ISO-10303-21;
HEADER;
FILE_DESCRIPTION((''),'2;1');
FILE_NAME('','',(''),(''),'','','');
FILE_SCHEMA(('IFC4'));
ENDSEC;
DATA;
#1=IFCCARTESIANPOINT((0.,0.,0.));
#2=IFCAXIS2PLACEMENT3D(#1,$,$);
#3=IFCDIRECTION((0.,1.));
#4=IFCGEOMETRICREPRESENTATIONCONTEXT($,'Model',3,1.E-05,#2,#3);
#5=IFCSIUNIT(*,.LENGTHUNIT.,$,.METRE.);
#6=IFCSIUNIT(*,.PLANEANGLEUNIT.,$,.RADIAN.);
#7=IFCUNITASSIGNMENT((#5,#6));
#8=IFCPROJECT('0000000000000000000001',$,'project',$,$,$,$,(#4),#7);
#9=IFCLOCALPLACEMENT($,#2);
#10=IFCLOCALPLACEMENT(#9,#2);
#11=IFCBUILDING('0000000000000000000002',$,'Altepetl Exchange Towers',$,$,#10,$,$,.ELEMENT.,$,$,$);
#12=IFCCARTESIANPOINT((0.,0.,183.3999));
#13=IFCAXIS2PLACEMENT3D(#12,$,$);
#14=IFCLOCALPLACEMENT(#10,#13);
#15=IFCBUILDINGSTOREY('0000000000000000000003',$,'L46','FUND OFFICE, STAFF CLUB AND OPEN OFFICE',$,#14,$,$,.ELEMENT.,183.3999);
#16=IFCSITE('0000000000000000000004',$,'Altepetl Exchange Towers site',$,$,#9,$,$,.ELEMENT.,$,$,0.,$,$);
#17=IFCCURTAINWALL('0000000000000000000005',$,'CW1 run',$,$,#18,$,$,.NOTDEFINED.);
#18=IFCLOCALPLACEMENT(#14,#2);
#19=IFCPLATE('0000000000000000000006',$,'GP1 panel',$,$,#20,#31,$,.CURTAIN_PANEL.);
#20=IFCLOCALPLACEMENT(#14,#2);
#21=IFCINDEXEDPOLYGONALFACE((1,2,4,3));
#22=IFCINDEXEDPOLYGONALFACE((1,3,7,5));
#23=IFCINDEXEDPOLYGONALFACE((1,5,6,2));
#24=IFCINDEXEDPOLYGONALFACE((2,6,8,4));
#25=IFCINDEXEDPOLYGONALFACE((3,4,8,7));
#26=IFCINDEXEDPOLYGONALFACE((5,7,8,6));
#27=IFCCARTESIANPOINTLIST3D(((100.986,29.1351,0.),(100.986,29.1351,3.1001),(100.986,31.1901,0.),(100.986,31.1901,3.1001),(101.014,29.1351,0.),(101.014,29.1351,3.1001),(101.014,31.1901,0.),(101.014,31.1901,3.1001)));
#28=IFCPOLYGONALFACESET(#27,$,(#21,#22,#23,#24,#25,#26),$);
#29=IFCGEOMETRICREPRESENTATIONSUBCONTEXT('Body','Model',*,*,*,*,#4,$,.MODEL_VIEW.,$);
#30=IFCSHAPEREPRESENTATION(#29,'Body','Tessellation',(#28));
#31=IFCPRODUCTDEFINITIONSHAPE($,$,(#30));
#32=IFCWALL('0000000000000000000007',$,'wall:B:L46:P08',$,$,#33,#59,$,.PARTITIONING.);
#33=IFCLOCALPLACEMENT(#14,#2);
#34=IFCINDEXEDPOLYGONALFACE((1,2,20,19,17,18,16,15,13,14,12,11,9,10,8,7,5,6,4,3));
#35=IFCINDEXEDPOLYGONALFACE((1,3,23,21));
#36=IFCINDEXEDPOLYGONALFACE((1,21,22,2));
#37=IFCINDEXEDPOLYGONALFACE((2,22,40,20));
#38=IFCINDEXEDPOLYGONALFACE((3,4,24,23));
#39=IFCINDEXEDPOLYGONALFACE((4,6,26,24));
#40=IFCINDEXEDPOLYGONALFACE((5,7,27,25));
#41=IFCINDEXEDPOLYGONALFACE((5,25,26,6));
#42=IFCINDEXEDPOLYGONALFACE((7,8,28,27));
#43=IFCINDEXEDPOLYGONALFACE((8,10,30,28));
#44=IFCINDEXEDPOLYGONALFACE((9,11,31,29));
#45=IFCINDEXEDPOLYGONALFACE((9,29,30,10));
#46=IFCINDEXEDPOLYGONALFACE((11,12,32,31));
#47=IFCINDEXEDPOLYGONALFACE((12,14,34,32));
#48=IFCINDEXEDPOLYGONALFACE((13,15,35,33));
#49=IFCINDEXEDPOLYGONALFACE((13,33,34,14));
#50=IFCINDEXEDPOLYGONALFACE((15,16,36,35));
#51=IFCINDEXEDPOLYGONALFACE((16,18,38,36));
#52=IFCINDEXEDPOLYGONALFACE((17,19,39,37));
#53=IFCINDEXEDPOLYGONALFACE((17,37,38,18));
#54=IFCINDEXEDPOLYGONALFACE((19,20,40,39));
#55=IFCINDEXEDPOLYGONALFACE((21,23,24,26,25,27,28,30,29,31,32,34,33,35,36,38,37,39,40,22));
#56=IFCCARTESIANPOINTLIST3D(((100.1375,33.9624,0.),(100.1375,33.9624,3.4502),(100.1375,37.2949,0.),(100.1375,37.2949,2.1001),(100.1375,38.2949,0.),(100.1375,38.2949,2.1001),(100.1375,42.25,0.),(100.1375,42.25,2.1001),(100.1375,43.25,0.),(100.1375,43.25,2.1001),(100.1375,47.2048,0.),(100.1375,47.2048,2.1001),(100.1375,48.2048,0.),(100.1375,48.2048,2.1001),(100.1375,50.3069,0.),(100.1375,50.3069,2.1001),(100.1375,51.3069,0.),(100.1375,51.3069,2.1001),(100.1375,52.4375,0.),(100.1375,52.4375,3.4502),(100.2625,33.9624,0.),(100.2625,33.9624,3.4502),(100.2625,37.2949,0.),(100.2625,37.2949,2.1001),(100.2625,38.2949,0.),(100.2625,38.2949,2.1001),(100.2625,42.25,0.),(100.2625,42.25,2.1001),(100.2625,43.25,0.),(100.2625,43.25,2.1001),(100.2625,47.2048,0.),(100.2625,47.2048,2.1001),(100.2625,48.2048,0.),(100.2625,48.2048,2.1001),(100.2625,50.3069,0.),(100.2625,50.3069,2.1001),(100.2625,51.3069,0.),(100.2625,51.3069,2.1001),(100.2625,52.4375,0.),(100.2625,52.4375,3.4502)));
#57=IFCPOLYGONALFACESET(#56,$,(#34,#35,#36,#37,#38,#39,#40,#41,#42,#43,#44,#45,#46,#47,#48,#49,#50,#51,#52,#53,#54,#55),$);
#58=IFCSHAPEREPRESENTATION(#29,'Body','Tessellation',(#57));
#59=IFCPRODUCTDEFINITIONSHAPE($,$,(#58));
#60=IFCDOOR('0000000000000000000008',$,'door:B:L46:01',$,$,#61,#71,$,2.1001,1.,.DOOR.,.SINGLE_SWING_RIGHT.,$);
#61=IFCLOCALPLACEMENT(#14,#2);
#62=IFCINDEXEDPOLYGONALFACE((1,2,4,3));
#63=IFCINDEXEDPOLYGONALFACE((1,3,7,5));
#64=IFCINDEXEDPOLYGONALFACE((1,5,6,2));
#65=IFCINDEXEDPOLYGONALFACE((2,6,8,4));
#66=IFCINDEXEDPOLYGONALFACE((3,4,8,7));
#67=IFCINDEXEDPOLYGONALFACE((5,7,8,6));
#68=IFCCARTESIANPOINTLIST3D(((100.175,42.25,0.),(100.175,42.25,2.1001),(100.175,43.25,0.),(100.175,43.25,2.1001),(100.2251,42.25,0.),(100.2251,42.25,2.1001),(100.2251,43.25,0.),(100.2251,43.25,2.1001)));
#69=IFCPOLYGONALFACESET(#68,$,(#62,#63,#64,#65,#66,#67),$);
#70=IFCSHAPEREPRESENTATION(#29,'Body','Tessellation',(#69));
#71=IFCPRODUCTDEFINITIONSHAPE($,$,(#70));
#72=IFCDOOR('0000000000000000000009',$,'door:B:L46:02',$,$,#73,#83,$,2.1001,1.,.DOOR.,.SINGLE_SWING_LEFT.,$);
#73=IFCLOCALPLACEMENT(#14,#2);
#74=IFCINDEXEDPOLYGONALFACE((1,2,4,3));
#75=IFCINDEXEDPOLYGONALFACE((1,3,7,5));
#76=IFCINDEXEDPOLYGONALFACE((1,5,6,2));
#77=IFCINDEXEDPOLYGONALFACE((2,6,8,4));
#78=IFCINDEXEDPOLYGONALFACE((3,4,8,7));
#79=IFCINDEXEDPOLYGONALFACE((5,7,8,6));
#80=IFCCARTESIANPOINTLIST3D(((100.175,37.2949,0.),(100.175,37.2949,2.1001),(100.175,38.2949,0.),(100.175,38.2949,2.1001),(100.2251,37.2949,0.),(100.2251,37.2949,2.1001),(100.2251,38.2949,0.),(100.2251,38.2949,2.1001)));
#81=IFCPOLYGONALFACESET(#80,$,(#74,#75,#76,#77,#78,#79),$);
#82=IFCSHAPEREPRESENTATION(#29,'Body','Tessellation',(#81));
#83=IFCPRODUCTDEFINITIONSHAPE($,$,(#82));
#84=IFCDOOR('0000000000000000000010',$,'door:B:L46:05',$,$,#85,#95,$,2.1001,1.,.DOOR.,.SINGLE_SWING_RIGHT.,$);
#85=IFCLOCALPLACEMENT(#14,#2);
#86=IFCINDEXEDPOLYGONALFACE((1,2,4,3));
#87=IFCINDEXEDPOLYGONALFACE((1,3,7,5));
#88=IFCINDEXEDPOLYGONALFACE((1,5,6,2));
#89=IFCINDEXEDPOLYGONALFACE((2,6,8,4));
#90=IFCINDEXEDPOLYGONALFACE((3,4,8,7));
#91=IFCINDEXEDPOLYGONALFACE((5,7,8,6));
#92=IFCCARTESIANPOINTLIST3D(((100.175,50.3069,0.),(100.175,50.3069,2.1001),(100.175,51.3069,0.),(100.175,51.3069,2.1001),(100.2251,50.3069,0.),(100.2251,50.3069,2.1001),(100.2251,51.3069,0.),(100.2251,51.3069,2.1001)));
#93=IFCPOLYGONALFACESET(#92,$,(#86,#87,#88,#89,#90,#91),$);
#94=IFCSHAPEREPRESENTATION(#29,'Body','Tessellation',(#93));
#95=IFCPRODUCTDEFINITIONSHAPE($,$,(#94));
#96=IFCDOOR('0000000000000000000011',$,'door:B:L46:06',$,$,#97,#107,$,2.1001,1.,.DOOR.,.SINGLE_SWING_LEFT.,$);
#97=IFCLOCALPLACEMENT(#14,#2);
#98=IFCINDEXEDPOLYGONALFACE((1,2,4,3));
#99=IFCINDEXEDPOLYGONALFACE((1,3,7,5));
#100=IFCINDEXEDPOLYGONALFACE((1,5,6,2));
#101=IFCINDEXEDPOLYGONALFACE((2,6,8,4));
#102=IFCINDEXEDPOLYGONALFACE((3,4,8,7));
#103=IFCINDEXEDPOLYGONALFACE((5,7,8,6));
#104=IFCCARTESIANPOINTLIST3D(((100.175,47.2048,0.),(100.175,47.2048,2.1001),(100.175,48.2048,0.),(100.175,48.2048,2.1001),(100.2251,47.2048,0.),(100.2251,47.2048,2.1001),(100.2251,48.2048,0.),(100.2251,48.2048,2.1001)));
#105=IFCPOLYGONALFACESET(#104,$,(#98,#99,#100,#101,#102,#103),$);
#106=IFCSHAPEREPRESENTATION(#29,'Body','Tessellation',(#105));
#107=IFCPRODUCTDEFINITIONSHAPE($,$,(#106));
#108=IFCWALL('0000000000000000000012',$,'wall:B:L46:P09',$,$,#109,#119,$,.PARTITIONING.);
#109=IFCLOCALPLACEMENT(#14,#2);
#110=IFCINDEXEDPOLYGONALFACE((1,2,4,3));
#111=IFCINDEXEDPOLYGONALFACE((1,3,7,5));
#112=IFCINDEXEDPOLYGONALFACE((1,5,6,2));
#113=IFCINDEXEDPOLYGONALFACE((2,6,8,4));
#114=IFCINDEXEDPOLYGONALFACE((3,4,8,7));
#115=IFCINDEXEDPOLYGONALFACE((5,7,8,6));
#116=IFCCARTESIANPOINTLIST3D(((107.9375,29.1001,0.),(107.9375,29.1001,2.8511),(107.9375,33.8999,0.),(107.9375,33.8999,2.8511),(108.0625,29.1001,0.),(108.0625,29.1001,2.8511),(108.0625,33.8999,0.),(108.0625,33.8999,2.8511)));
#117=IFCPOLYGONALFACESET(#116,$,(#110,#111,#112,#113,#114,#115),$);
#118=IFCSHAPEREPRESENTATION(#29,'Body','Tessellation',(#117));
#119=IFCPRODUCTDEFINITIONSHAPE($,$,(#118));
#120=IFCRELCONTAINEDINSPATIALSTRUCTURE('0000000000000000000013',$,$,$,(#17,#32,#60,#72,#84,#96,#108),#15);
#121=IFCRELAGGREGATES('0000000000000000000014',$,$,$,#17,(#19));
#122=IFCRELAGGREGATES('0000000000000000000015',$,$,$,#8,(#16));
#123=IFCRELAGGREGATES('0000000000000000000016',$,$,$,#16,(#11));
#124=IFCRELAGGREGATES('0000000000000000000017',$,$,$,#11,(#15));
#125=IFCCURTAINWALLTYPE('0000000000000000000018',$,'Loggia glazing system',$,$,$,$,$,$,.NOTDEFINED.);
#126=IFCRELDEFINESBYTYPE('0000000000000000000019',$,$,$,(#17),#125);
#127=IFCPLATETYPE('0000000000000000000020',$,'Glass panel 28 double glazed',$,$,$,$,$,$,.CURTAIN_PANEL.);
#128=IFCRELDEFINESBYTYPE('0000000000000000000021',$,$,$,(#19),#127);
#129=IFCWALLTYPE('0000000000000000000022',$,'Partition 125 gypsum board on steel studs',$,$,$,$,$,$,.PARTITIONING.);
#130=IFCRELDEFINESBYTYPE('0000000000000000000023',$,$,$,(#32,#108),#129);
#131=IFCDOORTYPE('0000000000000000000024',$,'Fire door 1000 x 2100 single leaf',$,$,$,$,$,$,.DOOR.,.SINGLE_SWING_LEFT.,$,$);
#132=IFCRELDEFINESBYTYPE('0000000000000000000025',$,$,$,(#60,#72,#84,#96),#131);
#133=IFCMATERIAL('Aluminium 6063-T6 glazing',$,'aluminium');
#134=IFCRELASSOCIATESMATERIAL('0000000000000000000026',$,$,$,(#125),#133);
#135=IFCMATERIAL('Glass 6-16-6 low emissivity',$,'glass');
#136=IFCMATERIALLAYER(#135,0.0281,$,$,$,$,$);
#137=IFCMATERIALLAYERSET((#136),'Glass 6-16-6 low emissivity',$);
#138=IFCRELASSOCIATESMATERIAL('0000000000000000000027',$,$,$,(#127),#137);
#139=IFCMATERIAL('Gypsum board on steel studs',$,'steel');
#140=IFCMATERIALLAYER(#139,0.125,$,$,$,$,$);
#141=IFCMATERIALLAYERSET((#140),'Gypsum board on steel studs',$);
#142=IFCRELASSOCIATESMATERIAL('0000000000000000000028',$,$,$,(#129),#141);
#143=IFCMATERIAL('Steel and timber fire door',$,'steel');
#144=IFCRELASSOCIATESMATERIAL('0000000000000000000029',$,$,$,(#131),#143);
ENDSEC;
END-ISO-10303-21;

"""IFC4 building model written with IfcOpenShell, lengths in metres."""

from ifc_helpers import new_model, si_unit, direction, frame, frame_2d, origin, origin_2d, place, context, subcontext, project, spatial, rectangle, extrude, material, layer, layer_set, type_object, element, fill, aggregate, save


model = new_model("IFC4")

# Units and contexts
model_context = context("Model", 3, precision=1e-05, world=origin(), true_north=direction((0.0, 1.0)))
body_context = subcontext(model_context, "Body", "Model", "MODEL_VIEW")
ifc_project = project(units=[si_unit("LENGTHUNIT", "METRE"), si_unit("PLANEANGLEUNIT", "RADIAN")], contexts=[model_context])

# Site, building, storey
site_placement = place(None, origin())
site = spatial("IfcSite", under=ifc_project, at=site_placement, Name="Altepetl Exchange Towers site", CompositionType="ELEMENT", RefElevation=0.0)
building_placement = place(site_placement, origin())
building = spatial("IfcBuilding", under=site, at=building_placement, Name="Altepetl Exchange Towers", CompositionType="ELEMENT")
storey_placement = place(building_placement, frame((0.0, 0.0, 183.3999)))
storey = spatial("IfcBuildingStorey", under=building, at=storey_placement, Name="L46", Description="FUND OFFICE, STAFF CLUB AND OPEN OFFICE", CompositionType="ELEMENT", Elevation=183.3999)

# Curtain wall
ifc_material_1 = material(Name="Aluminium 6063-T6 glazing", Category="aluminium")
curtain_wall_type = type_object("IfcCurtainWallType", Name="Loggia glazing system", PredefinedType="NOTDEFINED", material=ifc_material_1)
curtain_wall_1_placement = place(storey_placement, origin())
curtain_wall_1 = element("IfcCurtainWall", 1, at=curtain_wall_1_placement, inside=storey, type_object=curtain_wall_type, Name="CW1 run", PredefinedType="NOTDEFINED")

# Plate
ifc_material_2 = material(Name="Glass 6-16-6 low emissivity", Category="glass")
ifc_layer_1 = layer(ifc_material_2, 0.0281)
ifc_layer_set_1 = layer_set([ifc_layer_1], Name="Glass 6-16-6 low emissivity")
plate_type = type_object("IfcPlateType", Name="Glass panel 28 double glazed", PredefinedType="CURTAIN_PANEL", material=ifc_layer_set_1)
plate_placement = place(storey_placement, frame((101.0, 30.1626, 0.0), z_axis=(0.0, 0.0, 1.0), x_axis=(0.0, -1.0, 0.0)))
plate = element("IfcPlate", 2, at=plate_placement, type_object=plate_type, Name="GP1 panel", PredefinedType="CURTAIN_PANEL", context=body_context, shape_type="SweptSolid", body=[
    extrude(rectangle(XDim=2.0549, YDim=0.0281, at=origin_2d()), origin(), (0.0, 0.0, 1.0), 3.1001),
])
aggregate(curtain_wall_1, [plate])

# Wall, openings, doors
ifc_material_3 = material(Name="Gypsum board on steel studs", Category="steel")
ifc_layer_2 = layer(ifc_material_3, 0.125)
ifc_layer_set_2 = layer_set([ifc_layer_2], Name="Gypsum board on steel studs")
wall_type_1 = type_object("IfcWallType", Name="Partition 125 gypsum board on steel studs", PredefinedType="PARTITIONING", material=ifc_layer_set_2)
wall_1_placement = place(storey_placement, frame((100.2, 33.9624, 0.0), z_axis=(0.0, 0.0, 1.0), x_axis=(0.0, 1.0, 0.0)))
wall_1 = element("IfcWall", 3, at=wall_1_placement, inside=storey, type_object=wall_type_1, Name="wall:B:L46:P08", PredefinedType="PARTITIONING", context=body_context, shape_type="SweptSolid", body=[
    extrude(rectangle(XDim=18.4751, YDim=0.125, at=frame_2d((9.2375, 0.0))), origin(), (0.0, 0.0, 1.0), 3.4502),
])
opening_1_placement = place(wall_1_placement, frame((8.2876, 0.0, 0.0)))
opening_1 = element("IfcOpeningElement", 4, at=opening_1_placement, cuts=wall_1, PredefinedType="OPENING", context=body_context, shape_type="SweptSolid", body=[
    extrude(rectangle(XDim=1.0, YDim=2.1001, at=frame_2d((0.5, 1.05))), frame((0.0, 0.0725, 0.0), z_axis=(0.0, -1.0, 0.0), x_axis=(1.0, 0.0, 0.0)), (0.0, 0.0, 1.0), 0.145),
])
opening_2_placement = place(wall_1_placement, frame((3.3325, 0.0, 0.0)))
opening_2 = element("IfcOpeningElement", 5, at=opening_2_placement, cuts=wall_1, PredefinedType="OPENING", context=body_context, shape_type="SweptSolid", body=[
    extrude(rectangle(XDim=1.0, YDim=2.1001, at=frame_2d((0.5, 1.05))), frame((0.0, 0.0725, 0.0), z_axis=(0.0, -1.0, 0.0), x_axis=(1.0, 0.0, 0.0)), (0.0, 0.0, 1.0), 0.145),
])
opening_3_placement = place(wall_1_placement, frame((16.3445, 0.0, 0.0)))
opening_3 = element("IfcOpeningElement", 6, at=opening_3_placement, cuts=wall_1, PredefinedType="OPENING", context=body_context, shape_type="SweptSolid", body=[
    extrude(rectangle(XDim=1.0, YDim=2.1001, at=frame_2d((0.5, 1.05))), frame((0.0, 0.0725, 0.0), z_axis=(0.0, -1.0, 0.0), x_axis=(1.0, 0.0, 0.0)), (0.0, 0.0, 1.0), 0.145),
])
opening_4_placement = place(wall_1_placement, frame((13.2424, 0.0, 0.0)))
opening_4 = element("IfcOpeningElement", 7, at=opening_4_placement, cuts=wall_1, PredefinedType="OPENING", context=body_context, shape_type="SweptSolid", body=[
    extrude(rectangle(XDim=1.0, YDim=2.1001, at=frame_2d((0.5, 1.05))), frame((0.0, 0.0725, 0.0), z_axis=(0.0, -1.0, 0.0), x_axis=(1.0, 0.0, 0.0)), (0.0, 0.0, 1.0), 0.145),
])
ifc_material_4 = material(Name="Steel and timber fire door", Category="steel")
door_type_1 = type_object("IfcDoorType", Name="Fire door 1000 x 2100 single leaf", OperationType="SINGLE_SWING_LEFT", PredefinedType="DOOR", material=ifc_material_4)
door_1_placement = place(opening_1_placement, origin())
door_1 = element("IfcDoor", 8, at=door_1_placement, inside=storey, type_object=door_type_1, Name="door:B:L46:01", OperationType="SINGLE_SWING_RIGHT", OverallHeight=2.1001, OverallWidth=1.0, PredefinedType="DOOR", context=body_context, shape_type="SweptSolid", body=[
    extrude(rectangle(XDim=1.0, YDim=2.1001, at=frame_2d((0.5, 1.05))), frame((0.0, 0.0249, 0.0), z_axis=(0.0, -1.0, 0.0), x_axis=(1.0, 0.0, 0.0)), (0.0, 0.0, 1.0), 0.05),
])
fill(opening_1, door_1)
door_2_placement = place(opening_2_placement, origin())
door_2 = element("IfcDoor", 9, at=door_2_placement, inside=storey, type_object=door_type_1, Name="door:B:L46:02", OperationType="SINGLE_SWING_LEFT", OverallHeight=2.1001, OverallWidth=1.0, PredefinedType="DOOR", context=body_context, shape_type="SweptSolid", body=[
    extrude(rectangle(XDim=1.0, YDim=2.1001, at=frame_2d((0.5, 1.05))), frame((0.0, 0.0249, 0.0), z_axis=(0.0, -1.0, 0.0), x_axis=(1.0, 0.0, 0.0)), (0.0, 0.0, 1.0), 0.05),
])
fill(opening_2, door_2)
door_3_placement = place(opening_3_placement, origin())
door_3 = element("IfcDoor", 10, at=door_3_placement, inside=storey, type_object=door_type_1, Name="door:B:L46:05", OperationType="SINGLE_SWING_RIGHT", OverallHeight=2.1001, OverallWidth=1.0, PredefinedType="DOOR", context=body_context, shape_type="SweptSolid", body=[
    extrude(rectangle(XDim=1.0, YDim=2.1001, at=frame_2d((0.5, 1.05))), frame((0.0, 0.0249, 0.0), z_axis=(0.0, -1.0, 0.0), x_axis=(1.0, 0.0, 0.0)), (0.0, 0.0, 1.0), 0.05),
])
fill(opening_3, door_3)
door_4_placement = place(opening_4_placement, origin())
door_4 = element("IfcDoor", 11, at=door_4_placement, inside=storey, type_object=door_type_1, Name="door:B:L46:06", OperationType="SINGLE_SWING_LEFT", OverallHeight=2.1001, OverallWidth=1.0, PredefinedType="DOOR", context=body_context, shape_type="SweptSolid", body=[
    extrude(rectangle(XDim=1.0, YDim=2.1001, at=frame_2d((0.5, 1.05))), frame((0.0, 0.0249, 0.0), z_axis=(0.0, -1.0, 0.0), x_axis=(1.0, 0.0, 0.0)), (0.0, 0.0, 1.0), 0.05),
])
fill(opening_4, door_4)

# Wall
wall_2_placement = place(storey_placement, frame((108.0, 29.1001, 0.0), z_axis=(0.0, 0.0, 1.0), x_axis=(0.0, 1.0, 0.0)))
element("IfcWall", 12, at=wall_2_placement, inside=storey, type_object=wall_type_1, Name="wall:B:L46:P09", PredefinedType="PARTITIONING", context=body_context, shape_type="SweptSolid", body=[
    extrude(rectangle(XDim=4.7998, YDim=0.125, at=frame_2d((2.3999, 0.0))), origin(), (0.0, 0.0, 1.0), 2.8511),
])

save(model, "model.ifc")
